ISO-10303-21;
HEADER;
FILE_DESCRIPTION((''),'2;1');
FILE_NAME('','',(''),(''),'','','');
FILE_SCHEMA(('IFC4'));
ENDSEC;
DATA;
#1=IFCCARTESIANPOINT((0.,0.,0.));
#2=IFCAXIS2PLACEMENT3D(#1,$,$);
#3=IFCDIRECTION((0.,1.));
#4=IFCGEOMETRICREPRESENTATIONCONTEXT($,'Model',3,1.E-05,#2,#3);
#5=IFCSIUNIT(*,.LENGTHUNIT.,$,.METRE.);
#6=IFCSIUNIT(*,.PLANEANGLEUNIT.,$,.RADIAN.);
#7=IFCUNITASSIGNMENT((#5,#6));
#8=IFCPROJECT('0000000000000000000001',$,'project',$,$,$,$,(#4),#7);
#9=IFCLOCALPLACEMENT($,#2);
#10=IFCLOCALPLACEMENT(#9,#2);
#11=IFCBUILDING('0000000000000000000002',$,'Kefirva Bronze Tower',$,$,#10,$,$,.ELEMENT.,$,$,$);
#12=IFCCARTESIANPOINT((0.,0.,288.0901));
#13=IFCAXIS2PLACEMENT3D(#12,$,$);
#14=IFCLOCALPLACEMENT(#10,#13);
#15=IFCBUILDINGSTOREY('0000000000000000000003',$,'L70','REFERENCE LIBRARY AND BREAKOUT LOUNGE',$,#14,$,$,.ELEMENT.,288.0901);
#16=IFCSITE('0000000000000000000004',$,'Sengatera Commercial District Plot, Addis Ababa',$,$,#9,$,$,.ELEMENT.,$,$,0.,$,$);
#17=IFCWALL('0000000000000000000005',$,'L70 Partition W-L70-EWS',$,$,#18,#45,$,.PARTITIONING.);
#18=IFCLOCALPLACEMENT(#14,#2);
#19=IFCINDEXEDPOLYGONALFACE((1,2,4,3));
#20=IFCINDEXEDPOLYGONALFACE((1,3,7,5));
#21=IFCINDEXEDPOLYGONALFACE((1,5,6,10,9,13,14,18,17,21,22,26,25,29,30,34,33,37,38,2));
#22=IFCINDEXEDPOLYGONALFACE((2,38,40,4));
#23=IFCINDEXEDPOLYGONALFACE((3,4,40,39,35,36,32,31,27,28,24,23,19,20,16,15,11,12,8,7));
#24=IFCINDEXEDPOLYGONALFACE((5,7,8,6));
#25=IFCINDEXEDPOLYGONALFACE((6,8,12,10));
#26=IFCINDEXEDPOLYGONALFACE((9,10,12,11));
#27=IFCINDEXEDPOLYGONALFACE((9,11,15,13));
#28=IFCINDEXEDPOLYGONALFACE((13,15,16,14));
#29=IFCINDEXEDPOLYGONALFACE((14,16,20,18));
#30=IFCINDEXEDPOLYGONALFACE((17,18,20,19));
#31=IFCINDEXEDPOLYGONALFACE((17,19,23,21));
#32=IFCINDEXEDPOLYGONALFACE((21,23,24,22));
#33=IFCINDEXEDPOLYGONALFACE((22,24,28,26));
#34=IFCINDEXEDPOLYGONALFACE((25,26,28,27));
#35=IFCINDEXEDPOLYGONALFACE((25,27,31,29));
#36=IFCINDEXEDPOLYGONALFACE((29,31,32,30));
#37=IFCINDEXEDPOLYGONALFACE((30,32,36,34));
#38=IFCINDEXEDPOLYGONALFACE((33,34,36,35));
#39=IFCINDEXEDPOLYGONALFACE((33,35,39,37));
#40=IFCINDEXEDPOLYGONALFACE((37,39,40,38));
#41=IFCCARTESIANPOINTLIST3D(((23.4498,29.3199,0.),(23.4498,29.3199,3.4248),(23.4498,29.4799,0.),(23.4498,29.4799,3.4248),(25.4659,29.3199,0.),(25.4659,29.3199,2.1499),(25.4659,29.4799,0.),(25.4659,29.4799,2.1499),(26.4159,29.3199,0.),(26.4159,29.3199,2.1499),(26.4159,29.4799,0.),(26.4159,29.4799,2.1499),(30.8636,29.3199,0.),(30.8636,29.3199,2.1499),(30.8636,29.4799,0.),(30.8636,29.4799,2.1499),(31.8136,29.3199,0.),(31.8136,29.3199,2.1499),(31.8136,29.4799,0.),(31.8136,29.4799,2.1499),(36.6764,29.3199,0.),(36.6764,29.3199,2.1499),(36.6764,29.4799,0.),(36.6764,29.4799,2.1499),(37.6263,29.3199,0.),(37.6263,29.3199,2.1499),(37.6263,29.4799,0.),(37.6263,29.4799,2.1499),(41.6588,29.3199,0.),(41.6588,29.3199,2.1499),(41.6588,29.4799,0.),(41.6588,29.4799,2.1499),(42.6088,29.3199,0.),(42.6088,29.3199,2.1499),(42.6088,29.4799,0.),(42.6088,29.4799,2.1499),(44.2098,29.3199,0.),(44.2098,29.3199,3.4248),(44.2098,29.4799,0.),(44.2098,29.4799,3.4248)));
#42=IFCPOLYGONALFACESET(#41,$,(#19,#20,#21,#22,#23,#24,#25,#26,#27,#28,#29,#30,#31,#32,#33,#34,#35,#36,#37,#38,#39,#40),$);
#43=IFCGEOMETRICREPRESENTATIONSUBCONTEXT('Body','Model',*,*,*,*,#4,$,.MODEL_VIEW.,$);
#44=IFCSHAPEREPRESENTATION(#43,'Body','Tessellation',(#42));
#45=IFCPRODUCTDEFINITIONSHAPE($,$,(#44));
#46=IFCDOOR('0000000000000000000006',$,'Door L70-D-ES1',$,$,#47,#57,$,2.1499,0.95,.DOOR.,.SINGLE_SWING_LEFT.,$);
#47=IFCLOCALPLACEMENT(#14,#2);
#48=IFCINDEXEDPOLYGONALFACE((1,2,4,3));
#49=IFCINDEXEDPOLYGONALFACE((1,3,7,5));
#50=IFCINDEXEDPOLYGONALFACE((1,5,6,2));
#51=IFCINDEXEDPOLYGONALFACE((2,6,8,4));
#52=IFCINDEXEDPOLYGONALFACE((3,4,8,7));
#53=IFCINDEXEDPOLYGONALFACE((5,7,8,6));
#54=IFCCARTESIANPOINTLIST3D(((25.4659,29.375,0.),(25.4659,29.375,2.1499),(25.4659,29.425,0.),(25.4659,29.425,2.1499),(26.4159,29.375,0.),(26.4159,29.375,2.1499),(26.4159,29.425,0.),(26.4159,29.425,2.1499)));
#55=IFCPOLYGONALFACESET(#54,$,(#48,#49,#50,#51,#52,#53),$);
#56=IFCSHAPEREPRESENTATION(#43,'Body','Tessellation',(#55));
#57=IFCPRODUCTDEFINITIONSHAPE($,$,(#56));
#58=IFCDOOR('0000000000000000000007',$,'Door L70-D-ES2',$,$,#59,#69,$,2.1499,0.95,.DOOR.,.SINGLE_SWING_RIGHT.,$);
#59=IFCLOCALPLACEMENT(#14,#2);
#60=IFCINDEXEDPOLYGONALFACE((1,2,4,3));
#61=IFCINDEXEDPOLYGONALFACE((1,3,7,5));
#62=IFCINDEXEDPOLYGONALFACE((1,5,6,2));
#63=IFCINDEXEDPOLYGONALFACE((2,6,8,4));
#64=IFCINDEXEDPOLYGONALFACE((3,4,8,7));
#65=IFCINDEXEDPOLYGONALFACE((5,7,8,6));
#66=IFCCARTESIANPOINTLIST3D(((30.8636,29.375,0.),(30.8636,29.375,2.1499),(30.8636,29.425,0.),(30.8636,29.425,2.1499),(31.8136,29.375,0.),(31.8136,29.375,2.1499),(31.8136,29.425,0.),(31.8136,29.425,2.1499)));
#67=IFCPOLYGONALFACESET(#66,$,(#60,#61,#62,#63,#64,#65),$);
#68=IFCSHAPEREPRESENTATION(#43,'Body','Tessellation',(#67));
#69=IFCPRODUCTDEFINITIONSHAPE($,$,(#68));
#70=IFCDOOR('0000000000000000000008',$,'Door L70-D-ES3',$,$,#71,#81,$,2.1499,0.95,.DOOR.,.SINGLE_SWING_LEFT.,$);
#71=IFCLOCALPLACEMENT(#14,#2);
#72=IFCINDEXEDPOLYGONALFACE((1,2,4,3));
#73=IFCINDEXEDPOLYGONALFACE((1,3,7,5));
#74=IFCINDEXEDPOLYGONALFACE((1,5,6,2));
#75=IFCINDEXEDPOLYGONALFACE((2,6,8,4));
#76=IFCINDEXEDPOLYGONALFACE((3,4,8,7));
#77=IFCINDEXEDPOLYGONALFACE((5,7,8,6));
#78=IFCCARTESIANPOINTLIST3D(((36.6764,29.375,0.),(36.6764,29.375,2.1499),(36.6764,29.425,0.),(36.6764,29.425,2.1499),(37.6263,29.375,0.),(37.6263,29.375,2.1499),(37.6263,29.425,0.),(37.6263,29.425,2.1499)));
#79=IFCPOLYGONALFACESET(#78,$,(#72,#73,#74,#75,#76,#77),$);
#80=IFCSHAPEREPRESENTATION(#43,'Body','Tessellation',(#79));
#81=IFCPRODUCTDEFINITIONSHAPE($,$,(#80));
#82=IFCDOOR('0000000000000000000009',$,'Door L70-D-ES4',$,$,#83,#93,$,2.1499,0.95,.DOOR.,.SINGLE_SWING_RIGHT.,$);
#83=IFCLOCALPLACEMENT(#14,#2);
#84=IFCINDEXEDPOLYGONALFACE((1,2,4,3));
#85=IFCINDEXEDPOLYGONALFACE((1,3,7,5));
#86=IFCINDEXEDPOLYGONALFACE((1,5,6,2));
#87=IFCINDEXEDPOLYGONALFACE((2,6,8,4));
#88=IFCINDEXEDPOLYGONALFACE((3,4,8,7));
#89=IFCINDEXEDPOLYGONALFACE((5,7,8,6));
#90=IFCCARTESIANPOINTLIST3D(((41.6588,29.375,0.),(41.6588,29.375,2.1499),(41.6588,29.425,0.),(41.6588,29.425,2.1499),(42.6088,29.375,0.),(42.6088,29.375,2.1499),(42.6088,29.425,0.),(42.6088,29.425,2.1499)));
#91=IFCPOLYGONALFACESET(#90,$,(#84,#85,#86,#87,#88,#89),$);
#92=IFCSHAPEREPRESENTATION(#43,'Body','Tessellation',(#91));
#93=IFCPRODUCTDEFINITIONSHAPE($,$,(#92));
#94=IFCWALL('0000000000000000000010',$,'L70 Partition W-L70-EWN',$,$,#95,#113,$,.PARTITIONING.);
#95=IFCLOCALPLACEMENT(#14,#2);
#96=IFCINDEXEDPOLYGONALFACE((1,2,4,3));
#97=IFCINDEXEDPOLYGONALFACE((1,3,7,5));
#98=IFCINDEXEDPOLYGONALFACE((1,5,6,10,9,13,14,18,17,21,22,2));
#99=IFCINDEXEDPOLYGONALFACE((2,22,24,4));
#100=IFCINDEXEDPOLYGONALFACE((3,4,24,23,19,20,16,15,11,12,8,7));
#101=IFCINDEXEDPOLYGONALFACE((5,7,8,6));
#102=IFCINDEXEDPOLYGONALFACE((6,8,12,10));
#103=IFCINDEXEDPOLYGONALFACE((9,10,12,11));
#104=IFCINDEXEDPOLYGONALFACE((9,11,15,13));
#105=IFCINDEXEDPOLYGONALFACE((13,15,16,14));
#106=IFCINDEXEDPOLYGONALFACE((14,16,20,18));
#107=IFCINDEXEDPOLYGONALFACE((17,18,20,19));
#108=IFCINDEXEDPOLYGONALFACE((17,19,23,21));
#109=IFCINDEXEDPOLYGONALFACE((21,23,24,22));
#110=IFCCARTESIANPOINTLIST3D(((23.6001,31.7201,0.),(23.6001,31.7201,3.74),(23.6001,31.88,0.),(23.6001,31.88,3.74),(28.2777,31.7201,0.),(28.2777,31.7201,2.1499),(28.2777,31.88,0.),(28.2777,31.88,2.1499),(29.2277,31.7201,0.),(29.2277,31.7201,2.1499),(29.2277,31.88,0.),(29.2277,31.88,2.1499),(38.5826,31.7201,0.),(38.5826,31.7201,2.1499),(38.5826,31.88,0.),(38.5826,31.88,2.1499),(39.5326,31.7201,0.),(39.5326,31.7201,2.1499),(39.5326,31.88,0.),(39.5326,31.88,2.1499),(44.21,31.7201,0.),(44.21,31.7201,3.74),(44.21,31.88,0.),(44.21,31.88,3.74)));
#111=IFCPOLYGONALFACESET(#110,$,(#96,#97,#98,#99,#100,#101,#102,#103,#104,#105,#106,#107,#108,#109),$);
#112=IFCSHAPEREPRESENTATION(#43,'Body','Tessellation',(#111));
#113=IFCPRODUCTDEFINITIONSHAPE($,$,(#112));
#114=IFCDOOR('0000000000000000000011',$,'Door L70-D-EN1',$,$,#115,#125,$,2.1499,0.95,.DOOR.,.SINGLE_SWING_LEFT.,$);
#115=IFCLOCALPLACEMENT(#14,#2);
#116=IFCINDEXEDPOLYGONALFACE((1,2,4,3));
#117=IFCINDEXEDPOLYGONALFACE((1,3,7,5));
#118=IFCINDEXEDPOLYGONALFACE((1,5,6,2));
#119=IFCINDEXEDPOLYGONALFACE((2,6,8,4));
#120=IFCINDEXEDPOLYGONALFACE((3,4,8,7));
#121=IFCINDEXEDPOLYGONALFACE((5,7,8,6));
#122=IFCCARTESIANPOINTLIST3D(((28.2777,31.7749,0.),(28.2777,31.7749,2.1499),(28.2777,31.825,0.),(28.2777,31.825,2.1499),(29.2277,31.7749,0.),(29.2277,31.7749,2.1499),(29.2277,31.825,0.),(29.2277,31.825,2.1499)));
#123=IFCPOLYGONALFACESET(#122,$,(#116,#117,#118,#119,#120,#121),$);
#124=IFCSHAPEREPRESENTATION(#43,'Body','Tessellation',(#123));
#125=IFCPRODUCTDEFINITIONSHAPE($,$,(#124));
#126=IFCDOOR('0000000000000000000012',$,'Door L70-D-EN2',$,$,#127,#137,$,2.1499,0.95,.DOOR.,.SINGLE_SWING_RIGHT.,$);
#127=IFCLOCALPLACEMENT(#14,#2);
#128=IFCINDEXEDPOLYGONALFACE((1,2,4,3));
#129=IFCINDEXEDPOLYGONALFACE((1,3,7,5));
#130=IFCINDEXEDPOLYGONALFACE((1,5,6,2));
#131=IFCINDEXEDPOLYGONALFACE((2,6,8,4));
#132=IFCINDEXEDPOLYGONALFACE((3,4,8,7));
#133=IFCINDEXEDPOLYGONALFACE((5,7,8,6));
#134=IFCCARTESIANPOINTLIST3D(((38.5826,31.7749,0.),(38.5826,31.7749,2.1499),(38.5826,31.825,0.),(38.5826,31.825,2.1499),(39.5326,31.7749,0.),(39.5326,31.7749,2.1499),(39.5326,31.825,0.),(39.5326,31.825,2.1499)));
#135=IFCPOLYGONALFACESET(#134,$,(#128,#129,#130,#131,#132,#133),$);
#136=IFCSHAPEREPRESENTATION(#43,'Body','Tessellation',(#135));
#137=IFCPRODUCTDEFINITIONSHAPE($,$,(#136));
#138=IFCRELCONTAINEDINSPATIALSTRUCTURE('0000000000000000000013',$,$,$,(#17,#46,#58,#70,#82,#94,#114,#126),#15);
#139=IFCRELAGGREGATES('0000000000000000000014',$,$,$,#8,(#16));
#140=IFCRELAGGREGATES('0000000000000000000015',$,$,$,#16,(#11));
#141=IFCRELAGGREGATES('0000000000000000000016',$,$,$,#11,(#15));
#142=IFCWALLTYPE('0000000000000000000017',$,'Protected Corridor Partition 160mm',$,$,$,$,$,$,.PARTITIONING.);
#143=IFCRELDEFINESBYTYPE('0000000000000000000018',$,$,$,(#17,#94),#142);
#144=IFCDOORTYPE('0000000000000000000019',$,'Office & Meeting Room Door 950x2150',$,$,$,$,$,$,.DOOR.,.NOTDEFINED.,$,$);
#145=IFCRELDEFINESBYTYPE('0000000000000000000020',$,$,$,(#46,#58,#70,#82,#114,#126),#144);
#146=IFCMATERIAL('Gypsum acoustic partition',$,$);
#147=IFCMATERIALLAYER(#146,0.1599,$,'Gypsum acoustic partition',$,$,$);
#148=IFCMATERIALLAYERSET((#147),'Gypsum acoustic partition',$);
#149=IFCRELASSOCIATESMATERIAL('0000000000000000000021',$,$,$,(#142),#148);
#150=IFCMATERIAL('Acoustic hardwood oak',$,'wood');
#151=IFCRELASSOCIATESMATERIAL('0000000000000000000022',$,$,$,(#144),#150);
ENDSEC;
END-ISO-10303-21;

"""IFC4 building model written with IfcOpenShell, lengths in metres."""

from ifc_helpers import new_model, si_unit, direction, frame, frame_2d, origin, place, context, subcontext, project, spatial, rectangle, extrude, material, layer, layer_set, type_object, element, fill, save


model = new_model("IFC4")

# Units and contexts
model_context = context("Model", 3, precision=1e-05, world=origin(), true_north=direction((0.0, 1.0)))
body_context = subcontext(model_context, "Body", "Model", "MODEL_VIEW")
ifc_project = project(units=[si_unit("LENGTHUNIT", "METRE"), si_unit("PLANEANGLEUNIT", "RADIAN")], contexts=[model_context])

# Site, building, storey
site_placement = place(None, origin())
site = spatial("IfcSite", under=ifc_project, at=site_placement, Name="Sengatera Commercial District Plot, Addis Ababa", CompositionType="ELEMENT", RefElevation=0.0)
building_placement = place(site_placement, origin())
building = spatial("IfcBuilding", under=site, at=building_placement, Name="Kefirva Bronze Tower", CompositionType="ELEMENT")
storey_placement = place(building_placement, frame((0.0, 0.0, 288.0901)))
storey = spatial("IfcBuildingStorey", under=building, at=storey_placement, Name="L70", Description="REFERENCE LIBRARY AND BREAKOUT LOUNGE", CompositionType="ELEMENT", Elevation=288.0901)

# Shared definitions
ifc_material_1 = material(Name="Gypsum acoustic partition")

# Walls, openings, doors
ifc_layer_1 = layer(ifc_material_1, 0.1599, Name="Gypsum acoustic partition")
ifc_layer_set_1 = layer_set([ifc_layer_1], Name="Gypsum acoustic partition")
wall_type_1 = type_object("IfcWallType", Name="Protected Corridor Partition 160mm", PredefinedType="PARTITIONING", material=ifc_layer_set_1)
wall_1_placement = place(storey_placement, frame((23.45, 29.3999, 0.0), z_axis=(0.0, 0.0, 1.0), x_axis=(1.0, 0.0, 0.0)))
wall_1 = element("IfcWall", 1, at=wall_1_placement, inside=storey, type_object=wall_type_1, Name="L70 Partition W-L70-EWS", PredefinedType="PARTITIONING", context=body_context, shape_type="SweptSolid", body=[
    extrude(rectangle(XDim=20.76, YDim=0.1599, at=frame_2d((10.3799, 0.0))), origin(), (0.0, 0.0, 1.0), 3.4248),
])
opening_1_placement = place(wall_1_placement, frame((2.9661, 0.0, 0.0), z_axis=(0.0, 0.0, 1.0), x_axis=(-1.0, 0.0, 0.0)))
opening_1 = element("IfcOpeningElement", 2, at=opening_1_placement, cuts=wall_1, PredefinedType="OPENING", context=body_context, shape_type="SweptSolid", body=[
    extrude(rectangle(XDim=0.95, YDim=2.1499, at=frame_2d((0.4751, 1.075))), frame((0.0, 0.0898, 0.0), z_axis=(0.0, -1.0, 0.0), x_axis=(1.0, 0.0, 0.0)), (0.0, 0.0, 1.0), 0.1799),
])
opening_2_placement = place(wall_1_placement, frame((8.3638, 0.0, 0.0), z_axis=(0.0, 0.0, 1.0), x_axis=(-1.0, 0.0, 0.0)))
opening_2 = element("IfcOpeningElement", 3, at=opening_2_placement, cuts=wall_1, PredefinedType="OPENING", context=body_context, shape_type="SweptSolid", body=[
    extrude(rectangle(XDim=0.95, YDim=2.1499, at=frame_2d((0.4751, 1.075))), frame((0.0, 0.0898, 0.0), z_axis=(0.0, -1.0, 0.0), x_axis=(1.0, 0.0, 0.0)), (0.0, 0.0, 1.0), 0.1799),
])
opening_3_placement = place(wall_1_placement, frame((14.1765, 0.0, 0.0), z_axis=(0.0, 0.0, 1.0), x_axis=(-1.0, 0.0, 0.0)))
opening_3 = element("IfcOpeningElement", 4, at=opening_3_placement, cuts=wall_1, PredefinedType="OPENING", context=body_context, shape_type="SweptSolid", body=[
    extrude(rectangle(XDim=0.95, YDim=2.1499, at=frame_2d((0.4751, 1.075))), frame((0.0, 0.0898, 0.0), z_axis=(0.0, -1.0, 0.0), x_axis=(1.0, 0.0, 0.0)), (0.0, 0.0, 1.0), 0.1799),
])
opening_4_placement = place(wall_1_placement, frame((19.1589, 0.0, 0.0), z_axis=(0.0, 0.0, 1.0), x_axis=(-1.0, 0.0, 0.0)))
opening_4 = element("IfcOpeningElement", 5, at=opening_4_placement, cuts=wall_1, PredefinedType="OPENING", context=body_context, shape_type="SweptSolid", body=[
    extrude(rectangle(XDim=0.95, YDim=2.1499, at=frame_2d((0.4751, 1.075))), frame((0.0, 0.0898, 0.0), z_axis=(0.0, -1.0, 0.0), x_axis=(1.0, 0.0, 0.0)), (0.0, 0.0, 1.0), 0.1799),
])
ifc_material_2 = material(Name="Acoustic hardwood oak", Category="wood")
door_type = type_object("IfcDoorType", Name="Office & Meeting Room Door 950x2150", OperationType="NOTDEFINED", PredefinedType="DOOR", material=ifc_material_2)
door_1_placement = place(opening_1_placement, origin())
door_1 = element("IfcDoor", 6, at=door_1_placement, inside=storey, type_object=door_type, Name="Door L70-D-ES1", OperationType="SINGLE_SWING_LEFT", OverallHeight=2.1499, OverallWidth=0.95, PredefinedType="DOOR", context=body_context, shape_type="SweptSolid", body=[
    extrude(rectangle(XDim=0.95, YDim=2.1499, at=frame_2d((0.4751, 1.075))), frame((0.0, 0.0249, 0.0), z_axis=(0.0, -1.0, 0.0), x_axis=(1.0, 0.0, 0.0)), (0.0, 0.0, 1.0), 0.05),
])
fill(opening_1, door_1)
door_2_placement = place(opening_2_placement, origin())
door_2 = element("IfcDoor", 7, at=door_2_placement, inside=storey, type_object=door_type, Name="Door L70-D-ES2", OperationType="SINGLE_SWING_RIGHT", OverallHeight=2.1499, OverallWidth=0.95, PredefinedType="DOOR", context=body_context, shape_type="SweptSolid", body=[
    extrude(rectangle(XDim=0.95, YDim=2.1499, at=frame_2d((0.4751, 1.075))), frame((0.0, 0.0249, 0.0), z_axis=(0.0, -1.0, 0.0), x_axis=(1.0, 0.0, 0.0)), (0.0, 0.0, 1.0), 0.05),
])
fill(opening_2, door_2)
door_3_placement = place(opening_3_placement, origin())
door_3 = element("IfcDoor", 8, at=door_3_placement, inside=storey, type_object=door_type, Name="Door L70-D-ES3", OperationType="SINGLE_SWING_LEFT", OverallHeight=2.1499, OverallWidth=0.95, PredefinedType="DOOR", context=body_context, shape_type="SweptSolid", body=[
    extrude(rectangle(XDim=0.95, YDim=2.1499, at=frame_2d((0.4751, 1.075))), frame((0.0, 0.0249, 0.0), z_axis=(0.0, -1.0, 0.0), x_axis=(1.0, 0.0, 0.0)), (0.0, 0.0, 1.0), 0.05),
])
fill(opening_3, door_3)
door_4_placement = place(opening_4_placement, origin())
door_4 = element("IfcDoor", 9, at=door_4_placement, inside=storey, type_object=door_type, Name="Door L70-D-ES4", OperationType="SINGLE_SWING_RIGHT", OverallHeight=2.1499, OverallWidth=0.95, PredefinedType="DOOR", context=body_context, shape_type="SweptSolid", body=[
    extrude(rectangle(XDim=0.95, YDim=2.1499, at=frame_2d((0.4751, 1.075))), frame((0.0, 0.0249, 0.0), z_axis=(0.0, -1.0, 0.0), x_axis=(1.0, 0.0, 0.0)), (0.0, 0.0, 1.0), 0.05),
])
fill(opening_4, door_4)
wall_2_placement = place(storey_placement, frame((23.6001, 31.8, 0.0), z_axis=(0.0, 0.0, 1.0), x_axis=(1.0, 0.0, 0.0)))
wall_2 = element("IfcWall", 10, at=wall_2_placement, inside=storey, type_object=wall_type_1, Name="L70 Partition W-L70-EWN", PredefinedType="PARTITIONING", context=body_context, shape_type="SweptSolid", body=[
    extrude(rectangle(XDim=20.6099, YDim=0.1599, at=frame_2d((10.3049, 0.0))), origin(), (0.0, 0.0, 1.0), 3.74),
])
opening_5_placement = place(wall_2_placement, frame((4.6775, 0.0, 0.0)))
opening_5 = element("IfcOpeningElement", 11, at=opening_5_placement, cuts=wall_2, PredefinedType="OPENING", context=body_context, shape_type="SweptSolid", body=[
    extrude(rectangle(XDim=0.95, YDim=2.1499, at=frame_2d((0.4751, 1.075))), frame((0.0, 0.0898, 0.0), z_axis=(0.0, -1.0, 0.0), x_axis=(1.0, 0.0, 0.0)), (0.0, 0.0, 1.0), 0.1799),
])
opening_6_placement = place(wall_2_placement, frame((14.9824, 0.0, 0.0)))
opening_6 = element("IfcOpeningElement", 12, at=opening_6_placement, cuts=wall_2, PredefinedType="OPENING", context=body_context, shape_type="SweptSolid", body=[
    extrude(rectangle(XDim=0.95, YDim=2.1499, at=frame_2d((0.4751, 1.075))), frame((0.0, 0.0898, 0.0), z_axis=(0.0, -1.0, 0.0), x_axis=(1.0, 0.0, 0.0)), (0.0, 0.0, 1.0), 0.1799),
])
door_5_placement = place(opening_5_placement, origin())
door_5 = element("IfcDoor", 13, at=door_5_placement, inside=storey, type_object=door_type, Name="Door L70-D-EN1", OperationType="SINGLE_SWING_LEFT", OverallHeight=2.1499, OverallWidth=0.95, PredefinedType="DOOR", context=body_context, shape_type="SweptSolid", body=[
    extrude(rectangle(XDim=0.95, YDim=2.1499, at=frame_2d((0.4751, 1.075))), frame((0.0, 0.0249, 0.0), z_axis=(0.0, -1.0, 0.0), x_axis=(1.0, 0.0, 0.0)), (0.0, 0.0, 1.0), 0.05),
])
fill(opening_5, door_5)
door_6_placement = place(opening_6_placement, origin())
door_6 = element("IfcDoor", 14, at=door_6_placement, inside=storey, type_object=door_type, Name="Door L70-D-EN2", OperationType="SINGLE_SWING_RIGHT", OverallHeight=2.1499, OverallWidth=0.95, PredefinedType="DOOR", context=body_context, shape_type="SweptSolid", body=[
    extrude(rectangle(XDim=0.95, YDim=2.1499, at=frame_2d((0.4751, 1.075))), frame((0.0, 0.0249, 0.0), z_axis=(0.0, -1.0, 0.0), x_axis=(1.0, 0.0, 0.0)), (0.0, 0.0, 1.0), 0.05),
])
fill(opening_6, door_6)

save(model, "model.ifc")
